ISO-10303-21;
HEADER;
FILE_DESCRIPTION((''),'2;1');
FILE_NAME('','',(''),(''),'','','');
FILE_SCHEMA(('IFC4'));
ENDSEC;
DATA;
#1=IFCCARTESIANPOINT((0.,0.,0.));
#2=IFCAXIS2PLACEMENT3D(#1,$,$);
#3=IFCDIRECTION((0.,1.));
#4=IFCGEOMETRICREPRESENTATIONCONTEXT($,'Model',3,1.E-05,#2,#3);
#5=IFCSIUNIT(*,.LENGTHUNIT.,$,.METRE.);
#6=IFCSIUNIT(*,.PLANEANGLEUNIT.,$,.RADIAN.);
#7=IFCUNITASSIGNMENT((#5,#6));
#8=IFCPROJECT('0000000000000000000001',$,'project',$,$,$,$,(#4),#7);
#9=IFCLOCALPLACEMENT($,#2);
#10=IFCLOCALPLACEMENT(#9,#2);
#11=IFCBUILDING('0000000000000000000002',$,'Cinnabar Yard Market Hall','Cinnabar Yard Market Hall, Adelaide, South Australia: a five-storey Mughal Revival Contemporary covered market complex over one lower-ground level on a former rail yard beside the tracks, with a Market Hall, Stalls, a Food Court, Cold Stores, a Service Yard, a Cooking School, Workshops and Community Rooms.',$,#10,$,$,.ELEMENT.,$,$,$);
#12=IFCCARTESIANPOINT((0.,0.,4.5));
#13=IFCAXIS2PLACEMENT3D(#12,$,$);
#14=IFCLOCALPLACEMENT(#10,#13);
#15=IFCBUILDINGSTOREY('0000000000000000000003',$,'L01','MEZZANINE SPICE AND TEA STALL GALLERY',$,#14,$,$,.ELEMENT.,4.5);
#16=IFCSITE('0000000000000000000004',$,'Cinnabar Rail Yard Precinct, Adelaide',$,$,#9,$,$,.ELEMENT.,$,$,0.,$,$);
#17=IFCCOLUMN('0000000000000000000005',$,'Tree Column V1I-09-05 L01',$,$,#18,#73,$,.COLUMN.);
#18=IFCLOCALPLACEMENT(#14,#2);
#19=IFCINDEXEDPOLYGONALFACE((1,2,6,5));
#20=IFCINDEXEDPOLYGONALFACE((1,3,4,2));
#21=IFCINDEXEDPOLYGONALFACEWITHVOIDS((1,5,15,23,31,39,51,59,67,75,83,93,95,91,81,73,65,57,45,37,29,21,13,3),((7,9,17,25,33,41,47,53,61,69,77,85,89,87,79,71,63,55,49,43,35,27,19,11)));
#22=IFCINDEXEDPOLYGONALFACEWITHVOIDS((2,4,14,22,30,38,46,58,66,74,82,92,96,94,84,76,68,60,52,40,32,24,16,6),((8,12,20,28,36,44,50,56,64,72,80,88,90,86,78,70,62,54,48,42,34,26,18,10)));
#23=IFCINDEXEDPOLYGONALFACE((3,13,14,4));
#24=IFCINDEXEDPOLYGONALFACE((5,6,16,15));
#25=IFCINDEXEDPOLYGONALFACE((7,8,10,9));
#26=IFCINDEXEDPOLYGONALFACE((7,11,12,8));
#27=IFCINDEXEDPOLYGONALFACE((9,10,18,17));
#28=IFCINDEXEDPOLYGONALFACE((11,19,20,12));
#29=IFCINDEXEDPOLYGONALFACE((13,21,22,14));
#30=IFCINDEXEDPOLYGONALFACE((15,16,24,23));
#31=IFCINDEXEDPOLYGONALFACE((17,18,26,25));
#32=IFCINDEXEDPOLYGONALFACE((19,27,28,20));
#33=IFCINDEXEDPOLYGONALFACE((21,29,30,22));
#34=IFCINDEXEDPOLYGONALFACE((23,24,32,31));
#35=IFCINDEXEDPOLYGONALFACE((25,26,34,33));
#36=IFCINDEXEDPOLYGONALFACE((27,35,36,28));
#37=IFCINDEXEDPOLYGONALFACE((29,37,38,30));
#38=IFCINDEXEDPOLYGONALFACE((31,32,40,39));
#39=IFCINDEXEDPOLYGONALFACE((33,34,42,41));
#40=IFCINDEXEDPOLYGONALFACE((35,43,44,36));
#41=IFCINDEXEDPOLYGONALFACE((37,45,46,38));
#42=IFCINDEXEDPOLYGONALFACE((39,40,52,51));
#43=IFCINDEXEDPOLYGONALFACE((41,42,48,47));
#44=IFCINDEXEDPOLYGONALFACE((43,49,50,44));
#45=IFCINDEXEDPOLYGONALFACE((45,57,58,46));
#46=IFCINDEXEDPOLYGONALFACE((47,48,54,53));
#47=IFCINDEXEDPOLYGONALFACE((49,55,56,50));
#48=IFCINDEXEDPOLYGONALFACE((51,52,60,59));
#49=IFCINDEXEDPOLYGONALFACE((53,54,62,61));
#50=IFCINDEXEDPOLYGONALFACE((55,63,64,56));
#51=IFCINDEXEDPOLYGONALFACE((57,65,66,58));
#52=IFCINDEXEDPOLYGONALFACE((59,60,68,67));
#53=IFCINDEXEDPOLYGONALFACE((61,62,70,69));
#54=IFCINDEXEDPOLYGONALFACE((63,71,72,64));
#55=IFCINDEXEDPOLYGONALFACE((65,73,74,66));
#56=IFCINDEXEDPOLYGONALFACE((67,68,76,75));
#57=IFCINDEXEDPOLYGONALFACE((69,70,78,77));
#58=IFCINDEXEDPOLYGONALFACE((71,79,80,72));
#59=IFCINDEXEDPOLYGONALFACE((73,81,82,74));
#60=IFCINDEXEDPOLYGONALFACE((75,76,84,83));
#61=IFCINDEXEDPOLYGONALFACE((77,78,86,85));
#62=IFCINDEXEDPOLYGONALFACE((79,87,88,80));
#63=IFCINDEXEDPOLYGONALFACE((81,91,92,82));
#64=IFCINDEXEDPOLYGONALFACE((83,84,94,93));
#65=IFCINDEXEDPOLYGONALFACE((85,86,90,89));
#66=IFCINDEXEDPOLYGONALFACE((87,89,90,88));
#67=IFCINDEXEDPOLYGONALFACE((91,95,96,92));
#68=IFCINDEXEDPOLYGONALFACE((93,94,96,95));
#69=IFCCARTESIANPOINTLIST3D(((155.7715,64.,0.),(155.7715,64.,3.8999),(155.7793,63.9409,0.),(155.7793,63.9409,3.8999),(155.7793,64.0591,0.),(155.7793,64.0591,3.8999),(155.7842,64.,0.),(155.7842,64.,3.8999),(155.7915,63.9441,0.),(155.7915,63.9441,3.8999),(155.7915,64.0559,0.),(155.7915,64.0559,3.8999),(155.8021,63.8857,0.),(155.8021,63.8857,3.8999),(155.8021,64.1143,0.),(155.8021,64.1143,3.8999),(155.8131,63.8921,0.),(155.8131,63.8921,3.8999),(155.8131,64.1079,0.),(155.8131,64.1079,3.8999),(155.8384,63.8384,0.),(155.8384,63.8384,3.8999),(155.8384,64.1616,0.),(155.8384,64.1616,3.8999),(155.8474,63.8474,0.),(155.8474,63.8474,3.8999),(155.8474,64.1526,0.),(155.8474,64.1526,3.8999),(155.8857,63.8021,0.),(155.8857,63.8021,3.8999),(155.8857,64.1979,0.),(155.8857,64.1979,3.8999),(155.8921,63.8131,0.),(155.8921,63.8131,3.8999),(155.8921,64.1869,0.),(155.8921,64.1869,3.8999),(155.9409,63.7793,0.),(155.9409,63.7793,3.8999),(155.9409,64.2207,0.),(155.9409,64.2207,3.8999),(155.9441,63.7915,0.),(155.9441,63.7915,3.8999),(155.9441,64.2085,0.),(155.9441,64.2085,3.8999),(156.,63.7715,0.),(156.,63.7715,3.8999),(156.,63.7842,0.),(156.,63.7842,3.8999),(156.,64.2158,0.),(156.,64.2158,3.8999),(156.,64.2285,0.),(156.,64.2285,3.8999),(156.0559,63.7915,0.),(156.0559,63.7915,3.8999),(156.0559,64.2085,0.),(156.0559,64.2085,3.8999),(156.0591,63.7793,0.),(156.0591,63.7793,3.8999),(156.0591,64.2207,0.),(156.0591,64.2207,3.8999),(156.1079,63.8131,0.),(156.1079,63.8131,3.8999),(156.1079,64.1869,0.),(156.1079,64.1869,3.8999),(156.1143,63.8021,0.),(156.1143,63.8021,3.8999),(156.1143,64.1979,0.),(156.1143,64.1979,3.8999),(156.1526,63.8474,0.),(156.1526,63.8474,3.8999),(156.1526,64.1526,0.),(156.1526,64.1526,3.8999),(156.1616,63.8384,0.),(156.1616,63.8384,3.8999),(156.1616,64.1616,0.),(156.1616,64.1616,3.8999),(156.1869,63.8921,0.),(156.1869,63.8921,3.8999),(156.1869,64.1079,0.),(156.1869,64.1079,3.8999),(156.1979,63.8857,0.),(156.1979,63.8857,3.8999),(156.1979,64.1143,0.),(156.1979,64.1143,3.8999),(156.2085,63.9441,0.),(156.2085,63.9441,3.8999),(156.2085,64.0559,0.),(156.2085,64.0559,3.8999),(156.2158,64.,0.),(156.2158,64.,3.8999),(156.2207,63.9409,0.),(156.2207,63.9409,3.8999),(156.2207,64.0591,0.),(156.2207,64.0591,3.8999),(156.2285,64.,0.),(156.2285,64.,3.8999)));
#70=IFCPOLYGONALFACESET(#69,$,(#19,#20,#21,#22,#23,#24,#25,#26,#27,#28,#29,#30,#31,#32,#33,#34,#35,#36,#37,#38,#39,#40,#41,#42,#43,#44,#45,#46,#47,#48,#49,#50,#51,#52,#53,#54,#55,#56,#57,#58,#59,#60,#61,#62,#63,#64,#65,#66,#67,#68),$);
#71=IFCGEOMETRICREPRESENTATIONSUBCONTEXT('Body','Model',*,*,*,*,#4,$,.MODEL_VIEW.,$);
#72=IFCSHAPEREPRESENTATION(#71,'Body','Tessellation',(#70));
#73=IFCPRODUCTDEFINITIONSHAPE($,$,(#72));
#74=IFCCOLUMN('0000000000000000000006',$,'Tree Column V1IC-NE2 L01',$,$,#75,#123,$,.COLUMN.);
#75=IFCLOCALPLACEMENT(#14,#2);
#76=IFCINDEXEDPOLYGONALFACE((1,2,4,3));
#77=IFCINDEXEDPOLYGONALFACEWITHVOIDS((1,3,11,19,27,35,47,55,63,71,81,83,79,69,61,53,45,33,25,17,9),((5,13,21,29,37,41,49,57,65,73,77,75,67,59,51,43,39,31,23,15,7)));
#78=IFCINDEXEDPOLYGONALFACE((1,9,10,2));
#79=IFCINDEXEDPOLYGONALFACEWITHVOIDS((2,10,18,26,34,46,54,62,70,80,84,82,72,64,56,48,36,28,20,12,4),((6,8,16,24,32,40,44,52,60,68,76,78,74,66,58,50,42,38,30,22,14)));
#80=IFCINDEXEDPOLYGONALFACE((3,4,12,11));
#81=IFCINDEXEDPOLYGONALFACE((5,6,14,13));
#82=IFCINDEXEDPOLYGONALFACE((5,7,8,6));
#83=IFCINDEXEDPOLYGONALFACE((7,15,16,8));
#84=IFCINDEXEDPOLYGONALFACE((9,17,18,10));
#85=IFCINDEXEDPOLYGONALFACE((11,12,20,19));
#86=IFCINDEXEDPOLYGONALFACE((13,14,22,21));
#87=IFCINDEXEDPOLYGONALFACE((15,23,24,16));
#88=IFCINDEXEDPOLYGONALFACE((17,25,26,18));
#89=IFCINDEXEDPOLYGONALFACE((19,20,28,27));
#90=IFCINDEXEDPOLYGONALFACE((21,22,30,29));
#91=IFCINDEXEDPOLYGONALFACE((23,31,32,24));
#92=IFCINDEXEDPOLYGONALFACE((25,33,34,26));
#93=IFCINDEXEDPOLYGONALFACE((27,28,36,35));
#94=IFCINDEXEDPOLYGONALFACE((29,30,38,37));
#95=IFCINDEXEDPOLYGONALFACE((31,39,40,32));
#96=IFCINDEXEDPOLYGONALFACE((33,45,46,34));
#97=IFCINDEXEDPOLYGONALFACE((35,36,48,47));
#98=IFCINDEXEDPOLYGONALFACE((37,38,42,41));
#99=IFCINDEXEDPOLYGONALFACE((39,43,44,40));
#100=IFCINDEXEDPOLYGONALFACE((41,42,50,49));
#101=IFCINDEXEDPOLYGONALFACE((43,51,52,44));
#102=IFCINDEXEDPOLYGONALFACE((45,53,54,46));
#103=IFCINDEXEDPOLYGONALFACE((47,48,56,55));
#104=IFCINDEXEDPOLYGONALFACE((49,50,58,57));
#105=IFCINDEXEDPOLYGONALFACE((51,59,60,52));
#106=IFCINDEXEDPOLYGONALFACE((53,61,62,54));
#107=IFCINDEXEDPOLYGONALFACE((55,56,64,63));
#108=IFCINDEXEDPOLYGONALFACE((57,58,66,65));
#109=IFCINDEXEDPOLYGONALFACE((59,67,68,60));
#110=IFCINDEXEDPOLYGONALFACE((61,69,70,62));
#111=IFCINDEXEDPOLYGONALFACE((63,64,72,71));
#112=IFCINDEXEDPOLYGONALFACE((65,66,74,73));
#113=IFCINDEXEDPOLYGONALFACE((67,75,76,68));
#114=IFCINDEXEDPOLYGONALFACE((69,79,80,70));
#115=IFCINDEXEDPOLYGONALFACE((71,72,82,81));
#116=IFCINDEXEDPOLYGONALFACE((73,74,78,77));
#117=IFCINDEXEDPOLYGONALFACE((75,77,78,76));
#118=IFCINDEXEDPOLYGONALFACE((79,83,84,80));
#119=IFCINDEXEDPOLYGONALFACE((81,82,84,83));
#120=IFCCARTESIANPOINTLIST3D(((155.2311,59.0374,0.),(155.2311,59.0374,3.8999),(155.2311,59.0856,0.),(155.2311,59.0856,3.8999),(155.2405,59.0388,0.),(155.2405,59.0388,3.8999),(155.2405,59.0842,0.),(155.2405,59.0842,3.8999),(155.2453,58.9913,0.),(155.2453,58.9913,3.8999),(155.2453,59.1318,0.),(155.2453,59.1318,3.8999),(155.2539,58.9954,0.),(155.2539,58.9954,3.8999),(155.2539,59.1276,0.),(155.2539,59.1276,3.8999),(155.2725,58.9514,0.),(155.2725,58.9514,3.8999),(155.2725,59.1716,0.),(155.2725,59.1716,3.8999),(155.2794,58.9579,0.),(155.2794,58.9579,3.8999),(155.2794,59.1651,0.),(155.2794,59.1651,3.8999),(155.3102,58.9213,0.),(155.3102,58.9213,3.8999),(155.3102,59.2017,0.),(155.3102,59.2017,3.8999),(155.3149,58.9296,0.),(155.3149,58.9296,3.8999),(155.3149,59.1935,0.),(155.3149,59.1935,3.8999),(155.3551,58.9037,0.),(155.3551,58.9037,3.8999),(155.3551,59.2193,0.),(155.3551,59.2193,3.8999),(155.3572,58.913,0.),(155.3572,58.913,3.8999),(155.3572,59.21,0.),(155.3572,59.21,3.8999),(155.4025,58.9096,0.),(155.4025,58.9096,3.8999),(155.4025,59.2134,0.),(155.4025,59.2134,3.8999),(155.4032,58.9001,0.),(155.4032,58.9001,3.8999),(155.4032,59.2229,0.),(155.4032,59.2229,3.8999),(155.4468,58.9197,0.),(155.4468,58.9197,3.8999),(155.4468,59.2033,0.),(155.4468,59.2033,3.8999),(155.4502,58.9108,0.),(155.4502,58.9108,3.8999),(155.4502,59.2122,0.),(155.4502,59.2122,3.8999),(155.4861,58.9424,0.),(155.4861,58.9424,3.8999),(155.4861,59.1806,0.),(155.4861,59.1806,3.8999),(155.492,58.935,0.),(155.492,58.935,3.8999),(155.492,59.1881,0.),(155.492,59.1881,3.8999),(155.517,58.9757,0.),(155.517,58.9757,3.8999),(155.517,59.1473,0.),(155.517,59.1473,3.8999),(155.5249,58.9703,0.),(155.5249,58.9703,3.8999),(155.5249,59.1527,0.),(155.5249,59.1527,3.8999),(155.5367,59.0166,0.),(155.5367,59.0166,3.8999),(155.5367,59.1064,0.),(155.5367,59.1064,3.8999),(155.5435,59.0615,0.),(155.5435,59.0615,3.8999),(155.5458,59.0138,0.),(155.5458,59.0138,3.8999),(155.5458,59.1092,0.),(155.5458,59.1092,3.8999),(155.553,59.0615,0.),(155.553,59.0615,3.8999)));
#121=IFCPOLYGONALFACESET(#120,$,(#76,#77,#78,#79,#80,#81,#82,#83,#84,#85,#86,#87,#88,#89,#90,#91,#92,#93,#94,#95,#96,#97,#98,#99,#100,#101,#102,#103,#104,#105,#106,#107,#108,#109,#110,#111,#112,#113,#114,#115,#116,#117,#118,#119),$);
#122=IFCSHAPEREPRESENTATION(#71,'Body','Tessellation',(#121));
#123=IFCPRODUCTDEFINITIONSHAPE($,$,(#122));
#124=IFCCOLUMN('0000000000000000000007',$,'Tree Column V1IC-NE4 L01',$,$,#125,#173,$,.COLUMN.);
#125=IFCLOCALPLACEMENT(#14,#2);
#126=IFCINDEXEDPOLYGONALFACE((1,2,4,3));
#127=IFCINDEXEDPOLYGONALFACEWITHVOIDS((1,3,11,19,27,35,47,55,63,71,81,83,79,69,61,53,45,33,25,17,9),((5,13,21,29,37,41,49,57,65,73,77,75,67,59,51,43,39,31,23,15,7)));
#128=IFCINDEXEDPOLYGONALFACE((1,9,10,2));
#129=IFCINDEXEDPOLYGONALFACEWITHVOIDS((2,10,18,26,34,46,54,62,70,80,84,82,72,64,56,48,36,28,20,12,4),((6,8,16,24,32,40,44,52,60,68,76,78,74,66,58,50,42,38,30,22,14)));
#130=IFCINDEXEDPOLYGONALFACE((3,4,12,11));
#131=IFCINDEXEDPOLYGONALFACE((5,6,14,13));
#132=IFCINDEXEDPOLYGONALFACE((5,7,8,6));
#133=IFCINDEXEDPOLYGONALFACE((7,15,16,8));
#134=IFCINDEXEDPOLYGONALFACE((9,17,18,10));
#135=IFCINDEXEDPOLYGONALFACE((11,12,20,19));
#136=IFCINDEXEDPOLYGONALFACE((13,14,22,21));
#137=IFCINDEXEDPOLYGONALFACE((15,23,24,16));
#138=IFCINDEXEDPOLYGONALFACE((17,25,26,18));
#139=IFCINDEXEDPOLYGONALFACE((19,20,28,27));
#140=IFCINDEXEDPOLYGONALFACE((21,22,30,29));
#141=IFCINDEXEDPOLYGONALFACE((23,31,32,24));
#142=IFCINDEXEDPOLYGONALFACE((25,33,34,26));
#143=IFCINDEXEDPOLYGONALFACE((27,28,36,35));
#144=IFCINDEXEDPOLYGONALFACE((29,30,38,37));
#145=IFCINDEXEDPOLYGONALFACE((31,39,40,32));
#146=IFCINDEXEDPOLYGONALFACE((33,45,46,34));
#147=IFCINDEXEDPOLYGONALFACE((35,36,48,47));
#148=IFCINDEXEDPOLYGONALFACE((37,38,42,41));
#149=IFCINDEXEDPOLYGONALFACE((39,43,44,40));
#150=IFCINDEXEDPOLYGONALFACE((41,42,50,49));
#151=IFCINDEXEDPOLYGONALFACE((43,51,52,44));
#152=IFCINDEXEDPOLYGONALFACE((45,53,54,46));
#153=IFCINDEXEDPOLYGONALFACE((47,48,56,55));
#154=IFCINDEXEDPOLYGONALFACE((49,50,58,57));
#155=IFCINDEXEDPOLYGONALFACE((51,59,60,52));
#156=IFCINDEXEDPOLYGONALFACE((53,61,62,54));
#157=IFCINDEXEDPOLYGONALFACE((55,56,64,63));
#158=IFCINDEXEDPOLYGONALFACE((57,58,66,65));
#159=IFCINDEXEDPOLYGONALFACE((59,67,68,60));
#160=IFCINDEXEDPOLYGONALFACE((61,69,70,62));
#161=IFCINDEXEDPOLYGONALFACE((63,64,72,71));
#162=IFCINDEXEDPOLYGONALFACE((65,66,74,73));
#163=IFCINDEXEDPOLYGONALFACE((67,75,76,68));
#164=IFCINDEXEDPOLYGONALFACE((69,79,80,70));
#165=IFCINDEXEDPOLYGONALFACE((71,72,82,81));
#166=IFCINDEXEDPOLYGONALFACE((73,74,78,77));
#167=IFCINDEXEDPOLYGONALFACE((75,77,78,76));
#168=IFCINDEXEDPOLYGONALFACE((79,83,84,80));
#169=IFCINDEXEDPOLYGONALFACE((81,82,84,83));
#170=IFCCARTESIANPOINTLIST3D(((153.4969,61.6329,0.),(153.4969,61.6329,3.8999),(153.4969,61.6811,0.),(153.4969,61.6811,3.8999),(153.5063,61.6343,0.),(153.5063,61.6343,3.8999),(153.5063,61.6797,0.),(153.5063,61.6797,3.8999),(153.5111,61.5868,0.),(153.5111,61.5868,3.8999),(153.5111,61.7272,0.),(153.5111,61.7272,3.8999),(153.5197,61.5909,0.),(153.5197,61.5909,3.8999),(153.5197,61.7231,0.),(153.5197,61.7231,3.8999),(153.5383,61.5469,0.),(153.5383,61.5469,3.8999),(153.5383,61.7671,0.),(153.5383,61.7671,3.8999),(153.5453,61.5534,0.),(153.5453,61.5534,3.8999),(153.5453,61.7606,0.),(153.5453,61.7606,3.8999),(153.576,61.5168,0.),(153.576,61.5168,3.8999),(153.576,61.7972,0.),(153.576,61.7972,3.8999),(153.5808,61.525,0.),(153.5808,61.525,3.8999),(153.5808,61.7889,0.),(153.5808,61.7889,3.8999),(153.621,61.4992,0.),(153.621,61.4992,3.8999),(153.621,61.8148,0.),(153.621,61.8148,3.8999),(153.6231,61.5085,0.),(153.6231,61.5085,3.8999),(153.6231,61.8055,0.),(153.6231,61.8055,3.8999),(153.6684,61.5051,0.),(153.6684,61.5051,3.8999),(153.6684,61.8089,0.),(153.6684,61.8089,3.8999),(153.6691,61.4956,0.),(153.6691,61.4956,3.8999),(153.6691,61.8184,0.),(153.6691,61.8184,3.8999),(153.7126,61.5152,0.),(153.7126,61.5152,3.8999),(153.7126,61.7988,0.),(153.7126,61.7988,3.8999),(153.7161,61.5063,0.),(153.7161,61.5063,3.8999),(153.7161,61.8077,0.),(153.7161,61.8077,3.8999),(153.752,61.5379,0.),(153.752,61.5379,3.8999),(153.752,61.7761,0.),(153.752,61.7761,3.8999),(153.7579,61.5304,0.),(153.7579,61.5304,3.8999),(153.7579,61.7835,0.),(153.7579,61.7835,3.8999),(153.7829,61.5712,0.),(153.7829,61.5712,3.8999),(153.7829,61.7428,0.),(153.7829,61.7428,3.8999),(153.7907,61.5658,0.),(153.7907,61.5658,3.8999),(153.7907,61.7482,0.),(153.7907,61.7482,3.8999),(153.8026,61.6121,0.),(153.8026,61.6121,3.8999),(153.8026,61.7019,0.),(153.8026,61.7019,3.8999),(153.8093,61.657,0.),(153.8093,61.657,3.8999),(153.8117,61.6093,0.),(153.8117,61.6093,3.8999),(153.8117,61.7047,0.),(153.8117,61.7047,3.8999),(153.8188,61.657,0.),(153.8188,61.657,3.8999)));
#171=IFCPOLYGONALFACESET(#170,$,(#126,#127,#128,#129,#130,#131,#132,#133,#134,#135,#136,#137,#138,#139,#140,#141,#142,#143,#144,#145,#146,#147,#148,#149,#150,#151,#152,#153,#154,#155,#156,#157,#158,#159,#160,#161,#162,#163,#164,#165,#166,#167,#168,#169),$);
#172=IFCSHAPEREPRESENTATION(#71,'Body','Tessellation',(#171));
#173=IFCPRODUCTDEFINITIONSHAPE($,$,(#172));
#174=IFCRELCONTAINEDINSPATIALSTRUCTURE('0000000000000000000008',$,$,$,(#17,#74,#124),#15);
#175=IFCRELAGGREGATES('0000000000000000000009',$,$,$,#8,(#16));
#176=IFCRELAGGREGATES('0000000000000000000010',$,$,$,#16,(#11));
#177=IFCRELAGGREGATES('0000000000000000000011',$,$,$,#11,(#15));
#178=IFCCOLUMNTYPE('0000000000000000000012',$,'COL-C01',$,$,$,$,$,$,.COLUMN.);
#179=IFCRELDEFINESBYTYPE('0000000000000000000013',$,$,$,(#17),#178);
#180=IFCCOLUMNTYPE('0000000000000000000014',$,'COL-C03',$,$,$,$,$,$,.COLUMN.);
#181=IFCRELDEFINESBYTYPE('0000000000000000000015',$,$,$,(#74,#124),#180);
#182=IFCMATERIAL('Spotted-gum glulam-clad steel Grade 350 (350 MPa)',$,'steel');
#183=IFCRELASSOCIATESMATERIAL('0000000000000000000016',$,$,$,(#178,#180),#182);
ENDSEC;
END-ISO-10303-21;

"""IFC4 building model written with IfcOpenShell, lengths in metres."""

from ifc_helpers import new_model, si_unit, direction, frame, origin, origin_2d_with_axis, place, context, subcontext, project, spatial, hollow_circle, extrude, material, material_profile, profile_set, type_object, element, save


model = new_model("IFC4")

# Units and contexts
model_context = context("Model", 3, precision=1e-05, world=origin(), true_north=direction((0.0, 1.0)))
body_context = subcontext(model_context, "Body", "Model", "MODEL_VIEW")
ifc_project = project(units=[si_unit("LENGTHUNIT", "METRE"), si_unit("PLANEANGLEUNIT", "RADIAN")], contexts=[model_context])

# Site, building, storey
site_placement = place(None, origin())
site = spatial("IfcSite", under=ifc_project, at=site_placement, Name="Cinnabar Rail Yard Precinct, Adelaide", CompositionType="ELEMENT", RefElevation=0.0)
building_placement = place(site_placement, origin())
building = spatial("IfcBuilding", under=site, at=building_placement, Name="Cinnabar Yard Market Hall", Description="Cinnabar Yard Market Hall, Adelaide, South Australia: a five-storey Mughal Revival Contemporary covered market complex over one lower-ground level on a former rail yard beside the tracks, with a Market Hall, Stalls, a Food Court, Cold Stores, a Service Yard, a Cooking School, Workshops and Community Rooms.", CompositionType="ELEMENT")
storey_placement = place(building_placement, frame((0.0, 0.0, 4.5)))
storey = spatial("IfcBuildingStorey", under=building, at=storey_placement, Name="L01", Description="MEZZANINE SPICE AND TEA STALL GALLERY", CompositionType="ELEMENT", Elevation=4.5)

# Columns
ifc_material_1 = material(Name="Spotted-gum glulam-clad steel Grade 350 (350 MPa)", Category="steel")
ifc_material_profile_1 = material_profile(ifc_material_1, hollow_circle(Radius=0.2285, WallThickness=0.0127, at=origin_2d_with_axis()), Name="457.0x12.7CHS")
ifc_profile_set_1 = profile_set([ifc_material_profile_1], Name="Spotted-gum glulam-clad steel Grade 350 (350 MPa)")
column_type_1 = type_object("IfcColumnType", Name="COL-C01", PredefinedType="COLUMN", material=ifc_profile_set_1)
column_placement = place(storey_placement, frame((156.0, 64.0, 0.0), z_axis=(0.0, 0.0, 1.0), x_axis=(1.0, 0.0, 0.0)))
element("IfcColumn", 1, at=column_placement, inside=storey, type_object=column_type_1, Name="Tree Column V1I-09-05 L01", PredefinedType="COLUMN", context=body_context, shape_type="SweptSolid", body=[
    extrude(hollow_circle(Radius=0.2285, WallThickness=0.0127, at=origin_2d_with_axis()), origin(), (0.0, 0.0, 1.0), 3.8999),
])
ifc_material_profile_2 = material_profile(ifc_material_1, hollow_circle(Radius=0.1619, WallThickness=0.0095, at=origin_2d_with_axis()), Name="323.9x9.5CHS")
ifc_profile_set_2 = profile_set([ifc_material_profile_2], Name="Spotted-gum glulam-clad steel Grade 350 (350 MPa)")
column_type_2 = type_object("IfcColumnType", Name="COL-C03", PredefinedType="COLUMN", material=ifc_profile_set_2)
for number, where, z_axis, x_axis, name in (
    (2, (155.3911, 59.0615, 0.0), (0.0, 0.0, 1.0), (1.0, 0.0, 0.0), "Tree Column V1IC-NE2 L01"),
    (3, (153.657, 61.657, 0.0), (0.0, 0.0, 1.0), (1.0, 0.0, 0.0), "Tree Column V1IC-NE4 L01"),
):
    element("IfcColumn", number, at=place(storey_placement, frame(where, z_axis=z_axis, x_axis=x_axis)), inside=storey, type_object=column_type_2, Name=name, PredefinedType="COLUMN", context=body_context, shape_type="SweptSolid", body=[
        extrude(hollow_circle(Radius=0.1619, WallThickness=0.0095, at=origin_2d_with_axis()), origin(), (0.0, 0.0, 1.0), 3.8999),
    ])

save(model, "model.ifc")
